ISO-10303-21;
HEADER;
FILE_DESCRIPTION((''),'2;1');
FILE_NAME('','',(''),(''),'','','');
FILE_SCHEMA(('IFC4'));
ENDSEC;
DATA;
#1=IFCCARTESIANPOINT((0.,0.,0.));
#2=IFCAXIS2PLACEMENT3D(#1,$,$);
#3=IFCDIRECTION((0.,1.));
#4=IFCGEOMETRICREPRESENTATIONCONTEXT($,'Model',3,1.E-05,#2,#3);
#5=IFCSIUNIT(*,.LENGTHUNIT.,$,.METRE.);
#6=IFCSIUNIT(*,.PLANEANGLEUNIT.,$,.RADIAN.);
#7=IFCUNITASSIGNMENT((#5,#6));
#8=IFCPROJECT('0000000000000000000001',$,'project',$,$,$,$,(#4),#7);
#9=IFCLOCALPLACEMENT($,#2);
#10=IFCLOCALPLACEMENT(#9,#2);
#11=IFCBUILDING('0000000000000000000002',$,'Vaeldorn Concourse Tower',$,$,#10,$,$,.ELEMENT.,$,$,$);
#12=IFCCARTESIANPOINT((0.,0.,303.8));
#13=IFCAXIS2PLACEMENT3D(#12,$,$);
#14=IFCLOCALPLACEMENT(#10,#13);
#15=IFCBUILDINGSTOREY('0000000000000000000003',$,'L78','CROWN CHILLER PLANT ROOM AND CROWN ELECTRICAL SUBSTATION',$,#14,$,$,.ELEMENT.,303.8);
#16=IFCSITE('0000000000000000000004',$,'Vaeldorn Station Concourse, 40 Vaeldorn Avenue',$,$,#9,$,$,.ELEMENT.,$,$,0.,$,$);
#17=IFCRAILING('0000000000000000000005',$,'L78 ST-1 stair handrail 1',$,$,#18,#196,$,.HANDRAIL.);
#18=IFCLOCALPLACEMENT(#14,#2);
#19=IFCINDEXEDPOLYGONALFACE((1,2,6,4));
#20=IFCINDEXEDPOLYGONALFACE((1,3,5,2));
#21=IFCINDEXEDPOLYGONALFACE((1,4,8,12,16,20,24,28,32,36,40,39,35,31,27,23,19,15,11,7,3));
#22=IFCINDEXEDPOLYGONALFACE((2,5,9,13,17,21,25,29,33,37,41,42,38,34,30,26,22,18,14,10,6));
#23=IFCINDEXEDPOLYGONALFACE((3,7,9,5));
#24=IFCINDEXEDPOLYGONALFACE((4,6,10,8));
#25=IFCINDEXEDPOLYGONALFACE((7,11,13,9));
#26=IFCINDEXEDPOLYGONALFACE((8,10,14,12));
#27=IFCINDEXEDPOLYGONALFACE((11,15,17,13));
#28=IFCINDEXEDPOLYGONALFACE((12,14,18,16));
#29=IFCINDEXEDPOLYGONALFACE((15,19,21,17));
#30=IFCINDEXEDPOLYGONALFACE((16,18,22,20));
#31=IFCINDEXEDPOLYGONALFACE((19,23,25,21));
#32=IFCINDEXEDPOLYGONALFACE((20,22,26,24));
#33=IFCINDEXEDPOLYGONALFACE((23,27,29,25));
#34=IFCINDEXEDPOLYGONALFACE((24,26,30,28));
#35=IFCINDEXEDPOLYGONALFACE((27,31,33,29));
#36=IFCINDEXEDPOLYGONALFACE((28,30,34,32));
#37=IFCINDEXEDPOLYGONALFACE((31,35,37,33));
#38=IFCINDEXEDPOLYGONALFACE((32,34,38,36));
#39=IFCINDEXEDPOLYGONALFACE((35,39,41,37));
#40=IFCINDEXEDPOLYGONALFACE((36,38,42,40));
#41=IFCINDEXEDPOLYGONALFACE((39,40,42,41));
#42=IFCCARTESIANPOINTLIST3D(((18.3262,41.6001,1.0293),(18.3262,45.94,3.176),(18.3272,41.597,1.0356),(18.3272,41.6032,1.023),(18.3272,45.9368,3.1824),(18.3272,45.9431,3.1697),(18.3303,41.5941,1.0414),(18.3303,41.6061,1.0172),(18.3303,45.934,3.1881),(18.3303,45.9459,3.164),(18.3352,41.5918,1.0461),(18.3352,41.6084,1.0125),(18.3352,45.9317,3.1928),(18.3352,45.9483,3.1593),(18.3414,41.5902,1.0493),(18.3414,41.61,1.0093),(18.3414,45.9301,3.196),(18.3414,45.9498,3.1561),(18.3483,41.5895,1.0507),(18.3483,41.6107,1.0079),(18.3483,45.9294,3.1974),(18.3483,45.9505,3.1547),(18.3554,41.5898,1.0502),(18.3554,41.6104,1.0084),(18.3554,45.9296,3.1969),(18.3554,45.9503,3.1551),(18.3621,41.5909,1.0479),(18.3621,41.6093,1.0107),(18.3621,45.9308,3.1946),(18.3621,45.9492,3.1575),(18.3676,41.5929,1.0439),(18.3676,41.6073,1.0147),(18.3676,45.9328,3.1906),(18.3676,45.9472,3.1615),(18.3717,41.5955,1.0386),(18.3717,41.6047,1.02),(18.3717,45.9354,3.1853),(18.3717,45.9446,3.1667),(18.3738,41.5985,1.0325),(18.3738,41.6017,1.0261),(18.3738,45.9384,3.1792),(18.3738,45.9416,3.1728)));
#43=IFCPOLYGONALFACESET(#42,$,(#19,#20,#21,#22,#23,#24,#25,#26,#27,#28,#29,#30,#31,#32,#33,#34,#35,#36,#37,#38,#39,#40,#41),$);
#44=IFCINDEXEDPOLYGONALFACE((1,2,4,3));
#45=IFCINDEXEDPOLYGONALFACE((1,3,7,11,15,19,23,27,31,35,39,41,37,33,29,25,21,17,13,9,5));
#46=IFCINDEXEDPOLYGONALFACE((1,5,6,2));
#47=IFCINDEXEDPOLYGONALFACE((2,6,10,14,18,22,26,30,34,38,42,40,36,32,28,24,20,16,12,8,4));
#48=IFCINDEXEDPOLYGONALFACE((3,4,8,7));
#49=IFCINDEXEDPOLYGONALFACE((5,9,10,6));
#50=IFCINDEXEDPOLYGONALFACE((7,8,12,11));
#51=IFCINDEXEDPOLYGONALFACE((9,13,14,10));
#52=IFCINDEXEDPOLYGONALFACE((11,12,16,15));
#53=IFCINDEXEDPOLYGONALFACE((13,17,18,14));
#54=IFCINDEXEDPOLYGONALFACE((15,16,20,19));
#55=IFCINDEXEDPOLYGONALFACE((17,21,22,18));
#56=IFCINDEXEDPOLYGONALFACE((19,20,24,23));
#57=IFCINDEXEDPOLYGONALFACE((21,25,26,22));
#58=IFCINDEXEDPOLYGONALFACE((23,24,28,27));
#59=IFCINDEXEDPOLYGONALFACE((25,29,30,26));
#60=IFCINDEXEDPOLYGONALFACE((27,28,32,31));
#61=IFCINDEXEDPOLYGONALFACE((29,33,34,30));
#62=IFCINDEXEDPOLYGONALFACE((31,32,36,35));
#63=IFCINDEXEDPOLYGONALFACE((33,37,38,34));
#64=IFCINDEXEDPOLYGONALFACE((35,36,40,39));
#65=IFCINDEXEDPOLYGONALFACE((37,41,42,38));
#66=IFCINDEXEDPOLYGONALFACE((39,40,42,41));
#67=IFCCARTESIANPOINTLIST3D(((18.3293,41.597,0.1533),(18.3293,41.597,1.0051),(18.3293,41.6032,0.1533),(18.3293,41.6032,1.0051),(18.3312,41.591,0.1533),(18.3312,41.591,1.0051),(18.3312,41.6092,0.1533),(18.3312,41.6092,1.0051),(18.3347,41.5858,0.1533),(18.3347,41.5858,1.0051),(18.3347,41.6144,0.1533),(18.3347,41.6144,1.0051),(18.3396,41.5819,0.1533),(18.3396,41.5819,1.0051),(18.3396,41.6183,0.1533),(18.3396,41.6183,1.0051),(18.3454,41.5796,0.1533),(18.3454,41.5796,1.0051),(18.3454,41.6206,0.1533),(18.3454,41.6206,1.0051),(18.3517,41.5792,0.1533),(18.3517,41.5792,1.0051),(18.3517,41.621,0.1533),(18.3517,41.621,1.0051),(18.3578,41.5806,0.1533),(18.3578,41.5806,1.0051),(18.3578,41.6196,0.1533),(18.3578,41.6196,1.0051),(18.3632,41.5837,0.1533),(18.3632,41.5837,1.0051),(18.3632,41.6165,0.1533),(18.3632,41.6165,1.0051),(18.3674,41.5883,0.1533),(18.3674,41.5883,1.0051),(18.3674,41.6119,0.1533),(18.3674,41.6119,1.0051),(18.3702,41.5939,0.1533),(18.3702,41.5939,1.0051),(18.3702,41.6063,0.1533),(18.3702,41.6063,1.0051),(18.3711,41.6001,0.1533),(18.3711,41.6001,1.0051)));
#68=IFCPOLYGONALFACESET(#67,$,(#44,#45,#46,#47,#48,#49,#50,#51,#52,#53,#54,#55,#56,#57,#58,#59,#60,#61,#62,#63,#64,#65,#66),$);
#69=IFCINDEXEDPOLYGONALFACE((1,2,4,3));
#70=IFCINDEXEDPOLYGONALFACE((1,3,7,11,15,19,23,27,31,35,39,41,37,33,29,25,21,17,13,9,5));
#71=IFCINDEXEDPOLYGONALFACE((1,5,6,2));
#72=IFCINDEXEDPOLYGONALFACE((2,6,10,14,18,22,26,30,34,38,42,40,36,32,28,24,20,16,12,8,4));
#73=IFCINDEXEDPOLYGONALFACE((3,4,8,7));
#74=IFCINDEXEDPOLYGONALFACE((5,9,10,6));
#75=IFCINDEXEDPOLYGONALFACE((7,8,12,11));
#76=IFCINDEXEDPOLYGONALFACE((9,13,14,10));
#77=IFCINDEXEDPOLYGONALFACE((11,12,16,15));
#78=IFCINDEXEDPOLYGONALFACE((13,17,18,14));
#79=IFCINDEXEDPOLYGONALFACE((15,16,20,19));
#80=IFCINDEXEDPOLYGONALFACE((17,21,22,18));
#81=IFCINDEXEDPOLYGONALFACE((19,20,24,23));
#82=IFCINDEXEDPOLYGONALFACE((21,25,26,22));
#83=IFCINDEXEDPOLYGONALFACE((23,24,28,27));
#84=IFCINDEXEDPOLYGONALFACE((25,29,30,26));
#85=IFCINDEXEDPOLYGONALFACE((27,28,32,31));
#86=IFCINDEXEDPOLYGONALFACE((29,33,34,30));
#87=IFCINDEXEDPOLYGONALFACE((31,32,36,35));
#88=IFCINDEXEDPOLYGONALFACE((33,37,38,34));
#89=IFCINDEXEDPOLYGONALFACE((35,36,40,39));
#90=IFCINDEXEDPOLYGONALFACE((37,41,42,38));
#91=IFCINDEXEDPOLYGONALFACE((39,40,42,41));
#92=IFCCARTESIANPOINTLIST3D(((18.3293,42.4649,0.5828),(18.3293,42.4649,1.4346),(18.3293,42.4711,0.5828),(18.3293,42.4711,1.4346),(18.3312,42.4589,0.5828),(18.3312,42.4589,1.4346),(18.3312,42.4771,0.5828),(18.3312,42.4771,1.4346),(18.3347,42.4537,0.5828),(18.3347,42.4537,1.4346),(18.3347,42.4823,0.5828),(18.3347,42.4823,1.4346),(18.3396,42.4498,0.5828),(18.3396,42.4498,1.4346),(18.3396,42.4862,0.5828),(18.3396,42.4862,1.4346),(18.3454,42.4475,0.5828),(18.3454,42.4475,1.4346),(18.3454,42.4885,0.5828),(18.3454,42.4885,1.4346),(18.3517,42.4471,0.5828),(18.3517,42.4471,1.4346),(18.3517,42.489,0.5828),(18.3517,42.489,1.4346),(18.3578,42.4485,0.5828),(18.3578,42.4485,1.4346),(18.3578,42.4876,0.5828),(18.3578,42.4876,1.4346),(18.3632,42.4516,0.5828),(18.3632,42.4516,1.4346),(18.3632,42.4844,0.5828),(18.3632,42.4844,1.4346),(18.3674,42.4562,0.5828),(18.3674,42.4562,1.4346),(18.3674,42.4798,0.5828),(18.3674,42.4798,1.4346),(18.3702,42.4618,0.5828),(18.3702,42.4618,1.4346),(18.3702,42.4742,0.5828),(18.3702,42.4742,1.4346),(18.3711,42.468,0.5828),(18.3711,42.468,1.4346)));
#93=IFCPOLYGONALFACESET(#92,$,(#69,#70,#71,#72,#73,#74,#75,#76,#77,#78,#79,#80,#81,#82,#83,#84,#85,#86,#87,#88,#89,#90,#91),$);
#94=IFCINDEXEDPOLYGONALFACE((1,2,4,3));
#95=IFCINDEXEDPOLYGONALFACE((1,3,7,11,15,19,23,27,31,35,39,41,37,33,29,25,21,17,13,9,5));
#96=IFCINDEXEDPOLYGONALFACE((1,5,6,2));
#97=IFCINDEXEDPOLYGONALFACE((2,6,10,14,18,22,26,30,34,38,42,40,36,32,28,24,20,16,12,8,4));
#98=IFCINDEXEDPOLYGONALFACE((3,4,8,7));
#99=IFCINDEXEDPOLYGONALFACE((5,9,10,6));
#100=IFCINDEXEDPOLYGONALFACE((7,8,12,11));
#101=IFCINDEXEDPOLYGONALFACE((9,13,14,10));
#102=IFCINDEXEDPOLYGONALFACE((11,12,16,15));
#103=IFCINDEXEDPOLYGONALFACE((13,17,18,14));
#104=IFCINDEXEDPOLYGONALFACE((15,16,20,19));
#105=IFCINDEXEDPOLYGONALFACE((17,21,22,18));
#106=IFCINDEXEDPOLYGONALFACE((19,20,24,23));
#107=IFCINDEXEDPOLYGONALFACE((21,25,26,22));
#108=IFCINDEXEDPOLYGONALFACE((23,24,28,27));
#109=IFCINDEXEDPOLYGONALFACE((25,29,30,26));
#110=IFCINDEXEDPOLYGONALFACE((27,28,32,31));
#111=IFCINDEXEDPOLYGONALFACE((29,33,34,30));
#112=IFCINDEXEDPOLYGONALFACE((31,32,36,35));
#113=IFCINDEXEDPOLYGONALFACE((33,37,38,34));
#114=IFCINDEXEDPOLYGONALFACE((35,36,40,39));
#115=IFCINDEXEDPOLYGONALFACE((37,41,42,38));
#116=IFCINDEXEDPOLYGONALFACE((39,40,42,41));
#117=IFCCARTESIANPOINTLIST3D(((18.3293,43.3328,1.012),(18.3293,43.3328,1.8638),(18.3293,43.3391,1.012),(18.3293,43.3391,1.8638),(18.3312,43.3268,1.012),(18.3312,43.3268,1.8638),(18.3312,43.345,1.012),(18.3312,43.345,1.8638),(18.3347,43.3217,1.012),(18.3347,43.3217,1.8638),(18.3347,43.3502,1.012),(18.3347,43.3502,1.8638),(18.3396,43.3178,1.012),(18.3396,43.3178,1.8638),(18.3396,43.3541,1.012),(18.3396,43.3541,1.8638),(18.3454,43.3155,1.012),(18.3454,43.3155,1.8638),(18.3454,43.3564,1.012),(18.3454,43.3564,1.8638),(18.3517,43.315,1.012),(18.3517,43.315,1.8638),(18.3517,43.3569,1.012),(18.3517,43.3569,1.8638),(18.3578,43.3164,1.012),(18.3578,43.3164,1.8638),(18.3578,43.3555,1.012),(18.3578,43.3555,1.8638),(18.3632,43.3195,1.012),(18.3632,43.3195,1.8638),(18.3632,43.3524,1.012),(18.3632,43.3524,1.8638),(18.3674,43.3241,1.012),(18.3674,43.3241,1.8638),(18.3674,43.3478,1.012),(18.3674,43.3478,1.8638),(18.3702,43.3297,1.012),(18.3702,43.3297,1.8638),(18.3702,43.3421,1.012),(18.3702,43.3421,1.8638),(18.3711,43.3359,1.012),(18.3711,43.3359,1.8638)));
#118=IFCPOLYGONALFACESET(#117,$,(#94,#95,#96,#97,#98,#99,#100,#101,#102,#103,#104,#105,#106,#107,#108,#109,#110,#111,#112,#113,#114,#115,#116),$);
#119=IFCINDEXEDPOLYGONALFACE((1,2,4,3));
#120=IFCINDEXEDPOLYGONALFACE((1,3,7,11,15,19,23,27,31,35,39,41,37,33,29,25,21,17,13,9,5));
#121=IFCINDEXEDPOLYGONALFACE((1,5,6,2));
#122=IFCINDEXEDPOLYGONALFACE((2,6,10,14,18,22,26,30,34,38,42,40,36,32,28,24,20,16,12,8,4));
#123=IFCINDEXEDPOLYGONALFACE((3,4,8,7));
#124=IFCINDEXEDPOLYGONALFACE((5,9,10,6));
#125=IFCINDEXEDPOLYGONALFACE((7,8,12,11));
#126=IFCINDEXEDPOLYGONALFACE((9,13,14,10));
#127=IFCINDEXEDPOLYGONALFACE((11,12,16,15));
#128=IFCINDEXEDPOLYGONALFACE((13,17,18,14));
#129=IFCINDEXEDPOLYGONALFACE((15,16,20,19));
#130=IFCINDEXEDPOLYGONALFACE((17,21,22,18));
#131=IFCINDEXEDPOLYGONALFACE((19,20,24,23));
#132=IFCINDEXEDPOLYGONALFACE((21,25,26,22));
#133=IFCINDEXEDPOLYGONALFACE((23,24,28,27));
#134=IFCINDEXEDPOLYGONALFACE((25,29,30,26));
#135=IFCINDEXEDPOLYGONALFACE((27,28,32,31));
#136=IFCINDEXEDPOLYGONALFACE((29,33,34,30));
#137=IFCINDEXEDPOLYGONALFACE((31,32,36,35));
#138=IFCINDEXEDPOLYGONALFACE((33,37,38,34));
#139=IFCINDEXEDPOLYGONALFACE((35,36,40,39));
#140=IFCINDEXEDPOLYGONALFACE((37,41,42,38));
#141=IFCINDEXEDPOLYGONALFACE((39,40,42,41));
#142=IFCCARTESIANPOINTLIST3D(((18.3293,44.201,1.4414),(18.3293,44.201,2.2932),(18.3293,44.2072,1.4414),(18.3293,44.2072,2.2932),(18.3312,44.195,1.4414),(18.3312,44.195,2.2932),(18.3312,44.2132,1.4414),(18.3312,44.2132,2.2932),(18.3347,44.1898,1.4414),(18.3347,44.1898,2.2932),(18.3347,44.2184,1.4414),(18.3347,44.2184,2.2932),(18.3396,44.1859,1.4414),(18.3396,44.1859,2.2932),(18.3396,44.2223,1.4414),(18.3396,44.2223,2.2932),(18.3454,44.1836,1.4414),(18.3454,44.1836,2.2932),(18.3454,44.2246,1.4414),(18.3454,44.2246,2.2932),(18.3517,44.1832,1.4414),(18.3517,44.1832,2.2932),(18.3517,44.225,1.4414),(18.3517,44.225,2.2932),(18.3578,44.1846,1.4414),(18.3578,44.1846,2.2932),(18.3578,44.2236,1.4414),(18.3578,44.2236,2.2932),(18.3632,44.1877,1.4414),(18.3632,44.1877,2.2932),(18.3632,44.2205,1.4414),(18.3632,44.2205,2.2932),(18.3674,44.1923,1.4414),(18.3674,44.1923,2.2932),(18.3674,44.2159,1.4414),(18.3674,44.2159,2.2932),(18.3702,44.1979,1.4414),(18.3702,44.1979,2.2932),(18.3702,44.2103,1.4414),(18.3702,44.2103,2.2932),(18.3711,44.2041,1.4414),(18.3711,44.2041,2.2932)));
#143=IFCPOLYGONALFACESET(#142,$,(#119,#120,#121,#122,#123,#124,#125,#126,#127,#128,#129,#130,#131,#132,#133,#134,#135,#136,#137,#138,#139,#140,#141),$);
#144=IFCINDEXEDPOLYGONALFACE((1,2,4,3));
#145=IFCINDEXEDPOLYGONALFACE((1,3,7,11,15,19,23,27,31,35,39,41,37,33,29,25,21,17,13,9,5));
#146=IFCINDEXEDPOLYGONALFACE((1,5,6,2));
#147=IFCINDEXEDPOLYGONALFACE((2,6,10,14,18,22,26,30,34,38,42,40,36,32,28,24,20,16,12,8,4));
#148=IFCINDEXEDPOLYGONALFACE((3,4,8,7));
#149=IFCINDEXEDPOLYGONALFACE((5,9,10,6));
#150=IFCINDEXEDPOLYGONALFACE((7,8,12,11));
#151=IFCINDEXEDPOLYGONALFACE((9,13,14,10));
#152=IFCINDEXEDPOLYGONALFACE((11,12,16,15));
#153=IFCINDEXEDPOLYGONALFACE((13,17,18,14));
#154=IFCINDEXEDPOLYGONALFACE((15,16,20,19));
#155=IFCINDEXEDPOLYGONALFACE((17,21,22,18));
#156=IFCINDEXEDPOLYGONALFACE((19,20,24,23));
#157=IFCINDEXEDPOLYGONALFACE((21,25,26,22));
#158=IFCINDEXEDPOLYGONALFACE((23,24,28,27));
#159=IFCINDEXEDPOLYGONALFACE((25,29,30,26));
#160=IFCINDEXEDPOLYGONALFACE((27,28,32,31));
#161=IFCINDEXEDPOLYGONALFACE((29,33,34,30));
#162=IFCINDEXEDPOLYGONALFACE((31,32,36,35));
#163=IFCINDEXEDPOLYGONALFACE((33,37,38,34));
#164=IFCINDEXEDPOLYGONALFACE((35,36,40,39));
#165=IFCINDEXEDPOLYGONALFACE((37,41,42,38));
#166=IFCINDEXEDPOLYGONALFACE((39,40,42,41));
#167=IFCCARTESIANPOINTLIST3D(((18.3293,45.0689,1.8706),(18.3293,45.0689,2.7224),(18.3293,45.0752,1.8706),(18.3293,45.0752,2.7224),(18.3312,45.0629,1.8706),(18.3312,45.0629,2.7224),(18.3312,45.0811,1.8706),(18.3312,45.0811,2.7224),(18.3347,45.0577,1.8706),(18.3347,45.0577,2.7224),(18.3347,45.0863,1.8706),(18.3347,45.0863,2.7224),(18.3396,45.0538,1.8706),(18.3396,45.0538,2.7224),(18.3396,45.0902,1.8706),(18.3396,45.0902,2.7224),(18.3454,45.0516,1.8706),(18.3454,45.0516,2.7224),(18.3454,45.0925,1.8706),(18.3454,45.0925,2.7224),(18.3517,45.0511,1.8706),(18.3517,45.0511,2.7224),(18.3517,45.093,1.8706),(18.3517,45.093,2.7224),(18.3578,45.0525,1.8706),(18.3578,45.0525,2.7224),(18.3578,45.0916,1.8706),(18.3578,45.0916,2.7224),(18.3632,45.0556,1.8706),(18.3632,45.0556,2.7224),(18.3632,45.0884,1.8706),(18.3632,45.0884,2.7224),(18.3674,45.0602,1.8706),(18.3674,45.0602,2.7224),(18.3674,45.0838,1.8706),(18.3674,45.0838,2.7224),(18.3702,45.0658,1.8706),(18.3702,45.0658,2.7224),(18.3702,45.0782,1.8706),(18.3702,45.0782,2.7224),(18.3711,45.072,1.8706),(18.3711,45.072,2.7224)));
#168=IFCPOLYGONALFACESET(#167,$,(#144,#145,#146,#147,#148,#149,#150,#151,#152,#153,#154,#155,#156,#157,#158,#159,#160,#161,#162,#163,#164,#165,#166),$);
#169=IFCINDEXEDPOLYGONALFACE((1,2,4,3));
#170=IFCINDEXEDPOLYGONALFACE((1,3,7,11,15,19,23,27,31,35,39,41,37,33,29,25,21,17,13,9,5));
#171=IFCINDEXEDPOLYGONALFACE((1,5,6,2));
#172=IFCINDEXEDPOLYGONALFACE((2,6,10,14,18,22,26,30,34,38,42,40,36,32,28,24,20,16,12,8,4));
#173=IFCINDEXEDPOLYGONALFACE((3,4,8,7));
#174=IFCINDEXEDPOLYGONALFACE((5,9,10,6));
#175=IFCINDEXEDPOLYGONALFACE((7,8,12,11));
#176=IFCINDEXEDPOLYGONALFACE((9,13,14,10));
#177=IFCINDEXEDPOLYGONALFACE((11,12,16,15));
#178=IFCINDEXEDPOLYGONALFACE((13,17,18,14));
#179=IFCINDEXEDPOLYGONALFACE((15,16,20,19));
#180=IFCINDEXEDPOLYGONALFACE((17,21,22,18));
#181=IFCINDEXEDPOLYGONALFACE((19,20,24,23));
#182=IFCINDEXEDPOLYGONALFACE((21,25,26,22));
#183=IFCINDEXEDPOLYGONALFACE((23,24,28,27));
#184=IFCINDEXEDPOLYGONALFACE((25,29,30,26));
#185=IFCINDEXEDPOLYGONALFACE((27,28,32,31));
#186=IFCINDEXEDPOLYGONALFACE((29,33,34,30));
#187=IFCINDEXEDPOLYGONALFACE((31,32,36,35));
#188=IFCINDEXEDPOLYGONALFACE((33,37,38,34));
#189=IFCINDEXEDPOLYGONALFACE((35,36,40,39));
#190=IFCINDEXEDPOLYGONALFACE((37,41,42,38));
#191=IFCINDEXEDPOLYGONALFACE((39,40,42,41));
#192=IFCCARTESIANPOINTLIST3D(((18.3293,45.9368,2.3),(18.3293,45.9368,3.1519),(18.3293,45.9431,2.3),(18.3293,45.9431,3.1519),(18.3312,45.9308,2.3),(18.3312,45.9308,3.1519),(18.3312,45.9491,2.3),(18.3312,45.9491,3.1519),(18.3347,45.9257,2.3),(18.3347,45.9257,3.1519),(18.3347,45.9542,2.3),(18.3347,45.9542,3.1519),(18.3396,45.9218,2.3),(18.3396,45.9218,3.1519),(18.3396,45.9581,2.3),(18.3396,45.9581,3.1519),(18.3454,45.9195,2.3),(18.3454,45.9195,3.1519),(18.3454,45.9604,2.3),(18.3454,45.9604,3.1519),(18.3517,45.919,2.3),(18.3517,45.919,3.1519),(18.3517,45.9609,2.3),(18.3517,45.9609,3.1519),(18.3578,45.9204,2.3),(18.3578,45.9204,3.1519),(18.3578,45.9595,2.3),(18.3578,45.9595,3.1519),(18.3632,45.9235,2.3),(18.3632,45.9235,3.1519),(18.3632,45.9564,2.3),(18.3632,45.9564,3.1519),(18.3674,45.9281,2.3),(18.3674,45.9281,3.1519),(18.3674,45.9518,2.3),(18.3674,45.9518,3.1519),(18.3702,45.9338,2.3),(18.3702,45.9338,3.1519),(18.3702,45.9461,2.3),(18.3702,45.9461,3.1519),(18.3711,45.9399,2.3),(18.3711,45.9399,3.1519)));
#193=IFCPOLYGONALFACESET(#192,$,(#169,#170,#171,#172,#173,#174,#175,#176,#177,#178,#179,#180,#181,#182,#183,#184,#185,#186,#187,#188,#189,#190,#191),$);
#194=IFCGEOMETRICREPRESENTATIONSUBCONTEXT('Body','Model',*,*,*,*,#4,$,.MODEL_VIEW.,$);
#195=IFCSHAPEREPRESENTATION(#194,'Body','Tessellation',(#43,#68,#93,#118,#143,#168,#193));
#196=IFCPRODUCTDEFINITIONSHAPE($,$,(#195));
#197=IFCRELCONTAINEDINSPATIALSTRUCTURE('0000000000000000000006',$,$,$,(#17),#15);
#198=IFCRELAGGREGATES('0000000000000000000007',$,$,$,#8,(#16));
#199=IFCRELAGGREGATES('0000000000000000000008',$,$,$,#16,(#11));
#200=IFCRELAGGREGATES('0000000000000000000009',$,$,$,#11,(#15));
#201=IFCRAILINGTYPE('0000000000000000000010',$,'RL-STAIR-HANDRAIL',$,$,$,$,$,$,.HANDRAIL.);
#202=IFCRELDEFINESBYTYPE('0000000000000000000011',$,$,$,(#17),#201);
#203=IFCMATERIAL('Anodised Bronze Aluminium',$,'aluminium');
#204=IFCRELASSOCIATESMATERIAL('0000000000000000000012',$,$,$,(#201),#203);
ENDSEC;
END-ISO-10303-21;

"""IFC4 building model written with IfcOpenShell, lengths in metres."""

from ifc_helpers import new_model, si_unit, direction, frame, origin, origin_2d, place, context, subcontext, project, spatial, circle, extrude, material, type_object, element, save


model = new_model("IFC4")

# Units and contexts
model_context = context("Model", 3, precision=1e-05, world=origin(), true_north=direction((0.0, 1.0)))
body_context = subcontext(model_context, "Body", "Model", "MODEL_VIEW")
ifc_project = project(units=[si_unit("LENGTHUNIT", "METRE"), si_unit("PLANEANGLEUNIT", "RADIAN")], contexts=[model_context])

# Site, building, storey
site_placement = place(None, origin())
site = spatial("IfcSite", under=ifc_project, at=site_placement, Name="Vaeldorn Station Concourse, 40 Vaeldorn Avenue", CompositionType="ELEMENT", RefElevation=0.0)
building_placement = place(site_placement, origin())
building = spatial("IfcBuilding", under=site, at=building_placement, Name="Vaeldorn Concourse Tower", CompositionType="ELEMENT")
storey_placement = place(building_placement, frame((0.0, 0.0, 303.8)))
storey = spatial("IfcBuildingStorey", under=building, at=storey_placement, Name="L78", Description="CROWN CHILLER PLANT ROOM AND CROWN ELECTRICAL SUBSTATION", CompositionType="ELEMENT", Elevation=303.8)

# Shared definitions
ifc_material_1 = material(Name="Anodised Bronze Aluminium", Category="aluminium")

# Railing
railing_type_1 = type_object("IfcRailingType", Name="RL-STAIR-HANDRAIL", PredefinedType="HANDRAIL", material=ifc_material_1)
railing_1_placement = place(storey_placement, frame((18.3501, 41.6001, 0.1533)))
element("IfcRailing", 1, at=railing_1_placement, inside=storey, type_object=railing_type_1, Name="L78 ST-1 stair handrail 1", PredefinedType="HANDRAIL", context=body_context, shape_type="SweptSolid", body=[
    extrude(circle(Radius=0.0239, at=origin_2d()), frame((0.0, 0.0, 0.876), z_axis=(0.0, 0.896335, 0.443377), x_axis=(-1.0, 0.0, 0.0)), (0.0, 0.0, 1.0), 4.8418),
    extrude(circle(Radius=0.021, at=origin_2d()), origin(), (0.0, 0.0, 1.0), 0.8518),
    extrude(circle(Radius=0.021, at=origin_2d()), frame((0.0, 0.8679, 0.4294)), (0.0, 0.0, 1.0), 0.8518),
    extrude(circle(Radius=0.021, at=origin_2d()), frame((0.0, 1.7358, 0.8586)), (0.0, 0.0, 1.0), 0.8518),
    extrude(circle(Radius=0.021, at=origin_2d()), frame((0.0, 2.604, 1.2881)), (0.0, 0.0, 1.0), 0.8518),
    extrude(circle(Radius=0.021, at=origin_2d()), frame((0.0, 3.4719, 1.7173)), (0.0, 0.0, 1.0), 0.8518),
    extrude(circle(Radius=0.021, at=origin_2d()), frame((0.0, 4.3398, 2.1467)), (0.0, 0.0, 1.0), 0.8518),
])

save(model, "model.ifc")
